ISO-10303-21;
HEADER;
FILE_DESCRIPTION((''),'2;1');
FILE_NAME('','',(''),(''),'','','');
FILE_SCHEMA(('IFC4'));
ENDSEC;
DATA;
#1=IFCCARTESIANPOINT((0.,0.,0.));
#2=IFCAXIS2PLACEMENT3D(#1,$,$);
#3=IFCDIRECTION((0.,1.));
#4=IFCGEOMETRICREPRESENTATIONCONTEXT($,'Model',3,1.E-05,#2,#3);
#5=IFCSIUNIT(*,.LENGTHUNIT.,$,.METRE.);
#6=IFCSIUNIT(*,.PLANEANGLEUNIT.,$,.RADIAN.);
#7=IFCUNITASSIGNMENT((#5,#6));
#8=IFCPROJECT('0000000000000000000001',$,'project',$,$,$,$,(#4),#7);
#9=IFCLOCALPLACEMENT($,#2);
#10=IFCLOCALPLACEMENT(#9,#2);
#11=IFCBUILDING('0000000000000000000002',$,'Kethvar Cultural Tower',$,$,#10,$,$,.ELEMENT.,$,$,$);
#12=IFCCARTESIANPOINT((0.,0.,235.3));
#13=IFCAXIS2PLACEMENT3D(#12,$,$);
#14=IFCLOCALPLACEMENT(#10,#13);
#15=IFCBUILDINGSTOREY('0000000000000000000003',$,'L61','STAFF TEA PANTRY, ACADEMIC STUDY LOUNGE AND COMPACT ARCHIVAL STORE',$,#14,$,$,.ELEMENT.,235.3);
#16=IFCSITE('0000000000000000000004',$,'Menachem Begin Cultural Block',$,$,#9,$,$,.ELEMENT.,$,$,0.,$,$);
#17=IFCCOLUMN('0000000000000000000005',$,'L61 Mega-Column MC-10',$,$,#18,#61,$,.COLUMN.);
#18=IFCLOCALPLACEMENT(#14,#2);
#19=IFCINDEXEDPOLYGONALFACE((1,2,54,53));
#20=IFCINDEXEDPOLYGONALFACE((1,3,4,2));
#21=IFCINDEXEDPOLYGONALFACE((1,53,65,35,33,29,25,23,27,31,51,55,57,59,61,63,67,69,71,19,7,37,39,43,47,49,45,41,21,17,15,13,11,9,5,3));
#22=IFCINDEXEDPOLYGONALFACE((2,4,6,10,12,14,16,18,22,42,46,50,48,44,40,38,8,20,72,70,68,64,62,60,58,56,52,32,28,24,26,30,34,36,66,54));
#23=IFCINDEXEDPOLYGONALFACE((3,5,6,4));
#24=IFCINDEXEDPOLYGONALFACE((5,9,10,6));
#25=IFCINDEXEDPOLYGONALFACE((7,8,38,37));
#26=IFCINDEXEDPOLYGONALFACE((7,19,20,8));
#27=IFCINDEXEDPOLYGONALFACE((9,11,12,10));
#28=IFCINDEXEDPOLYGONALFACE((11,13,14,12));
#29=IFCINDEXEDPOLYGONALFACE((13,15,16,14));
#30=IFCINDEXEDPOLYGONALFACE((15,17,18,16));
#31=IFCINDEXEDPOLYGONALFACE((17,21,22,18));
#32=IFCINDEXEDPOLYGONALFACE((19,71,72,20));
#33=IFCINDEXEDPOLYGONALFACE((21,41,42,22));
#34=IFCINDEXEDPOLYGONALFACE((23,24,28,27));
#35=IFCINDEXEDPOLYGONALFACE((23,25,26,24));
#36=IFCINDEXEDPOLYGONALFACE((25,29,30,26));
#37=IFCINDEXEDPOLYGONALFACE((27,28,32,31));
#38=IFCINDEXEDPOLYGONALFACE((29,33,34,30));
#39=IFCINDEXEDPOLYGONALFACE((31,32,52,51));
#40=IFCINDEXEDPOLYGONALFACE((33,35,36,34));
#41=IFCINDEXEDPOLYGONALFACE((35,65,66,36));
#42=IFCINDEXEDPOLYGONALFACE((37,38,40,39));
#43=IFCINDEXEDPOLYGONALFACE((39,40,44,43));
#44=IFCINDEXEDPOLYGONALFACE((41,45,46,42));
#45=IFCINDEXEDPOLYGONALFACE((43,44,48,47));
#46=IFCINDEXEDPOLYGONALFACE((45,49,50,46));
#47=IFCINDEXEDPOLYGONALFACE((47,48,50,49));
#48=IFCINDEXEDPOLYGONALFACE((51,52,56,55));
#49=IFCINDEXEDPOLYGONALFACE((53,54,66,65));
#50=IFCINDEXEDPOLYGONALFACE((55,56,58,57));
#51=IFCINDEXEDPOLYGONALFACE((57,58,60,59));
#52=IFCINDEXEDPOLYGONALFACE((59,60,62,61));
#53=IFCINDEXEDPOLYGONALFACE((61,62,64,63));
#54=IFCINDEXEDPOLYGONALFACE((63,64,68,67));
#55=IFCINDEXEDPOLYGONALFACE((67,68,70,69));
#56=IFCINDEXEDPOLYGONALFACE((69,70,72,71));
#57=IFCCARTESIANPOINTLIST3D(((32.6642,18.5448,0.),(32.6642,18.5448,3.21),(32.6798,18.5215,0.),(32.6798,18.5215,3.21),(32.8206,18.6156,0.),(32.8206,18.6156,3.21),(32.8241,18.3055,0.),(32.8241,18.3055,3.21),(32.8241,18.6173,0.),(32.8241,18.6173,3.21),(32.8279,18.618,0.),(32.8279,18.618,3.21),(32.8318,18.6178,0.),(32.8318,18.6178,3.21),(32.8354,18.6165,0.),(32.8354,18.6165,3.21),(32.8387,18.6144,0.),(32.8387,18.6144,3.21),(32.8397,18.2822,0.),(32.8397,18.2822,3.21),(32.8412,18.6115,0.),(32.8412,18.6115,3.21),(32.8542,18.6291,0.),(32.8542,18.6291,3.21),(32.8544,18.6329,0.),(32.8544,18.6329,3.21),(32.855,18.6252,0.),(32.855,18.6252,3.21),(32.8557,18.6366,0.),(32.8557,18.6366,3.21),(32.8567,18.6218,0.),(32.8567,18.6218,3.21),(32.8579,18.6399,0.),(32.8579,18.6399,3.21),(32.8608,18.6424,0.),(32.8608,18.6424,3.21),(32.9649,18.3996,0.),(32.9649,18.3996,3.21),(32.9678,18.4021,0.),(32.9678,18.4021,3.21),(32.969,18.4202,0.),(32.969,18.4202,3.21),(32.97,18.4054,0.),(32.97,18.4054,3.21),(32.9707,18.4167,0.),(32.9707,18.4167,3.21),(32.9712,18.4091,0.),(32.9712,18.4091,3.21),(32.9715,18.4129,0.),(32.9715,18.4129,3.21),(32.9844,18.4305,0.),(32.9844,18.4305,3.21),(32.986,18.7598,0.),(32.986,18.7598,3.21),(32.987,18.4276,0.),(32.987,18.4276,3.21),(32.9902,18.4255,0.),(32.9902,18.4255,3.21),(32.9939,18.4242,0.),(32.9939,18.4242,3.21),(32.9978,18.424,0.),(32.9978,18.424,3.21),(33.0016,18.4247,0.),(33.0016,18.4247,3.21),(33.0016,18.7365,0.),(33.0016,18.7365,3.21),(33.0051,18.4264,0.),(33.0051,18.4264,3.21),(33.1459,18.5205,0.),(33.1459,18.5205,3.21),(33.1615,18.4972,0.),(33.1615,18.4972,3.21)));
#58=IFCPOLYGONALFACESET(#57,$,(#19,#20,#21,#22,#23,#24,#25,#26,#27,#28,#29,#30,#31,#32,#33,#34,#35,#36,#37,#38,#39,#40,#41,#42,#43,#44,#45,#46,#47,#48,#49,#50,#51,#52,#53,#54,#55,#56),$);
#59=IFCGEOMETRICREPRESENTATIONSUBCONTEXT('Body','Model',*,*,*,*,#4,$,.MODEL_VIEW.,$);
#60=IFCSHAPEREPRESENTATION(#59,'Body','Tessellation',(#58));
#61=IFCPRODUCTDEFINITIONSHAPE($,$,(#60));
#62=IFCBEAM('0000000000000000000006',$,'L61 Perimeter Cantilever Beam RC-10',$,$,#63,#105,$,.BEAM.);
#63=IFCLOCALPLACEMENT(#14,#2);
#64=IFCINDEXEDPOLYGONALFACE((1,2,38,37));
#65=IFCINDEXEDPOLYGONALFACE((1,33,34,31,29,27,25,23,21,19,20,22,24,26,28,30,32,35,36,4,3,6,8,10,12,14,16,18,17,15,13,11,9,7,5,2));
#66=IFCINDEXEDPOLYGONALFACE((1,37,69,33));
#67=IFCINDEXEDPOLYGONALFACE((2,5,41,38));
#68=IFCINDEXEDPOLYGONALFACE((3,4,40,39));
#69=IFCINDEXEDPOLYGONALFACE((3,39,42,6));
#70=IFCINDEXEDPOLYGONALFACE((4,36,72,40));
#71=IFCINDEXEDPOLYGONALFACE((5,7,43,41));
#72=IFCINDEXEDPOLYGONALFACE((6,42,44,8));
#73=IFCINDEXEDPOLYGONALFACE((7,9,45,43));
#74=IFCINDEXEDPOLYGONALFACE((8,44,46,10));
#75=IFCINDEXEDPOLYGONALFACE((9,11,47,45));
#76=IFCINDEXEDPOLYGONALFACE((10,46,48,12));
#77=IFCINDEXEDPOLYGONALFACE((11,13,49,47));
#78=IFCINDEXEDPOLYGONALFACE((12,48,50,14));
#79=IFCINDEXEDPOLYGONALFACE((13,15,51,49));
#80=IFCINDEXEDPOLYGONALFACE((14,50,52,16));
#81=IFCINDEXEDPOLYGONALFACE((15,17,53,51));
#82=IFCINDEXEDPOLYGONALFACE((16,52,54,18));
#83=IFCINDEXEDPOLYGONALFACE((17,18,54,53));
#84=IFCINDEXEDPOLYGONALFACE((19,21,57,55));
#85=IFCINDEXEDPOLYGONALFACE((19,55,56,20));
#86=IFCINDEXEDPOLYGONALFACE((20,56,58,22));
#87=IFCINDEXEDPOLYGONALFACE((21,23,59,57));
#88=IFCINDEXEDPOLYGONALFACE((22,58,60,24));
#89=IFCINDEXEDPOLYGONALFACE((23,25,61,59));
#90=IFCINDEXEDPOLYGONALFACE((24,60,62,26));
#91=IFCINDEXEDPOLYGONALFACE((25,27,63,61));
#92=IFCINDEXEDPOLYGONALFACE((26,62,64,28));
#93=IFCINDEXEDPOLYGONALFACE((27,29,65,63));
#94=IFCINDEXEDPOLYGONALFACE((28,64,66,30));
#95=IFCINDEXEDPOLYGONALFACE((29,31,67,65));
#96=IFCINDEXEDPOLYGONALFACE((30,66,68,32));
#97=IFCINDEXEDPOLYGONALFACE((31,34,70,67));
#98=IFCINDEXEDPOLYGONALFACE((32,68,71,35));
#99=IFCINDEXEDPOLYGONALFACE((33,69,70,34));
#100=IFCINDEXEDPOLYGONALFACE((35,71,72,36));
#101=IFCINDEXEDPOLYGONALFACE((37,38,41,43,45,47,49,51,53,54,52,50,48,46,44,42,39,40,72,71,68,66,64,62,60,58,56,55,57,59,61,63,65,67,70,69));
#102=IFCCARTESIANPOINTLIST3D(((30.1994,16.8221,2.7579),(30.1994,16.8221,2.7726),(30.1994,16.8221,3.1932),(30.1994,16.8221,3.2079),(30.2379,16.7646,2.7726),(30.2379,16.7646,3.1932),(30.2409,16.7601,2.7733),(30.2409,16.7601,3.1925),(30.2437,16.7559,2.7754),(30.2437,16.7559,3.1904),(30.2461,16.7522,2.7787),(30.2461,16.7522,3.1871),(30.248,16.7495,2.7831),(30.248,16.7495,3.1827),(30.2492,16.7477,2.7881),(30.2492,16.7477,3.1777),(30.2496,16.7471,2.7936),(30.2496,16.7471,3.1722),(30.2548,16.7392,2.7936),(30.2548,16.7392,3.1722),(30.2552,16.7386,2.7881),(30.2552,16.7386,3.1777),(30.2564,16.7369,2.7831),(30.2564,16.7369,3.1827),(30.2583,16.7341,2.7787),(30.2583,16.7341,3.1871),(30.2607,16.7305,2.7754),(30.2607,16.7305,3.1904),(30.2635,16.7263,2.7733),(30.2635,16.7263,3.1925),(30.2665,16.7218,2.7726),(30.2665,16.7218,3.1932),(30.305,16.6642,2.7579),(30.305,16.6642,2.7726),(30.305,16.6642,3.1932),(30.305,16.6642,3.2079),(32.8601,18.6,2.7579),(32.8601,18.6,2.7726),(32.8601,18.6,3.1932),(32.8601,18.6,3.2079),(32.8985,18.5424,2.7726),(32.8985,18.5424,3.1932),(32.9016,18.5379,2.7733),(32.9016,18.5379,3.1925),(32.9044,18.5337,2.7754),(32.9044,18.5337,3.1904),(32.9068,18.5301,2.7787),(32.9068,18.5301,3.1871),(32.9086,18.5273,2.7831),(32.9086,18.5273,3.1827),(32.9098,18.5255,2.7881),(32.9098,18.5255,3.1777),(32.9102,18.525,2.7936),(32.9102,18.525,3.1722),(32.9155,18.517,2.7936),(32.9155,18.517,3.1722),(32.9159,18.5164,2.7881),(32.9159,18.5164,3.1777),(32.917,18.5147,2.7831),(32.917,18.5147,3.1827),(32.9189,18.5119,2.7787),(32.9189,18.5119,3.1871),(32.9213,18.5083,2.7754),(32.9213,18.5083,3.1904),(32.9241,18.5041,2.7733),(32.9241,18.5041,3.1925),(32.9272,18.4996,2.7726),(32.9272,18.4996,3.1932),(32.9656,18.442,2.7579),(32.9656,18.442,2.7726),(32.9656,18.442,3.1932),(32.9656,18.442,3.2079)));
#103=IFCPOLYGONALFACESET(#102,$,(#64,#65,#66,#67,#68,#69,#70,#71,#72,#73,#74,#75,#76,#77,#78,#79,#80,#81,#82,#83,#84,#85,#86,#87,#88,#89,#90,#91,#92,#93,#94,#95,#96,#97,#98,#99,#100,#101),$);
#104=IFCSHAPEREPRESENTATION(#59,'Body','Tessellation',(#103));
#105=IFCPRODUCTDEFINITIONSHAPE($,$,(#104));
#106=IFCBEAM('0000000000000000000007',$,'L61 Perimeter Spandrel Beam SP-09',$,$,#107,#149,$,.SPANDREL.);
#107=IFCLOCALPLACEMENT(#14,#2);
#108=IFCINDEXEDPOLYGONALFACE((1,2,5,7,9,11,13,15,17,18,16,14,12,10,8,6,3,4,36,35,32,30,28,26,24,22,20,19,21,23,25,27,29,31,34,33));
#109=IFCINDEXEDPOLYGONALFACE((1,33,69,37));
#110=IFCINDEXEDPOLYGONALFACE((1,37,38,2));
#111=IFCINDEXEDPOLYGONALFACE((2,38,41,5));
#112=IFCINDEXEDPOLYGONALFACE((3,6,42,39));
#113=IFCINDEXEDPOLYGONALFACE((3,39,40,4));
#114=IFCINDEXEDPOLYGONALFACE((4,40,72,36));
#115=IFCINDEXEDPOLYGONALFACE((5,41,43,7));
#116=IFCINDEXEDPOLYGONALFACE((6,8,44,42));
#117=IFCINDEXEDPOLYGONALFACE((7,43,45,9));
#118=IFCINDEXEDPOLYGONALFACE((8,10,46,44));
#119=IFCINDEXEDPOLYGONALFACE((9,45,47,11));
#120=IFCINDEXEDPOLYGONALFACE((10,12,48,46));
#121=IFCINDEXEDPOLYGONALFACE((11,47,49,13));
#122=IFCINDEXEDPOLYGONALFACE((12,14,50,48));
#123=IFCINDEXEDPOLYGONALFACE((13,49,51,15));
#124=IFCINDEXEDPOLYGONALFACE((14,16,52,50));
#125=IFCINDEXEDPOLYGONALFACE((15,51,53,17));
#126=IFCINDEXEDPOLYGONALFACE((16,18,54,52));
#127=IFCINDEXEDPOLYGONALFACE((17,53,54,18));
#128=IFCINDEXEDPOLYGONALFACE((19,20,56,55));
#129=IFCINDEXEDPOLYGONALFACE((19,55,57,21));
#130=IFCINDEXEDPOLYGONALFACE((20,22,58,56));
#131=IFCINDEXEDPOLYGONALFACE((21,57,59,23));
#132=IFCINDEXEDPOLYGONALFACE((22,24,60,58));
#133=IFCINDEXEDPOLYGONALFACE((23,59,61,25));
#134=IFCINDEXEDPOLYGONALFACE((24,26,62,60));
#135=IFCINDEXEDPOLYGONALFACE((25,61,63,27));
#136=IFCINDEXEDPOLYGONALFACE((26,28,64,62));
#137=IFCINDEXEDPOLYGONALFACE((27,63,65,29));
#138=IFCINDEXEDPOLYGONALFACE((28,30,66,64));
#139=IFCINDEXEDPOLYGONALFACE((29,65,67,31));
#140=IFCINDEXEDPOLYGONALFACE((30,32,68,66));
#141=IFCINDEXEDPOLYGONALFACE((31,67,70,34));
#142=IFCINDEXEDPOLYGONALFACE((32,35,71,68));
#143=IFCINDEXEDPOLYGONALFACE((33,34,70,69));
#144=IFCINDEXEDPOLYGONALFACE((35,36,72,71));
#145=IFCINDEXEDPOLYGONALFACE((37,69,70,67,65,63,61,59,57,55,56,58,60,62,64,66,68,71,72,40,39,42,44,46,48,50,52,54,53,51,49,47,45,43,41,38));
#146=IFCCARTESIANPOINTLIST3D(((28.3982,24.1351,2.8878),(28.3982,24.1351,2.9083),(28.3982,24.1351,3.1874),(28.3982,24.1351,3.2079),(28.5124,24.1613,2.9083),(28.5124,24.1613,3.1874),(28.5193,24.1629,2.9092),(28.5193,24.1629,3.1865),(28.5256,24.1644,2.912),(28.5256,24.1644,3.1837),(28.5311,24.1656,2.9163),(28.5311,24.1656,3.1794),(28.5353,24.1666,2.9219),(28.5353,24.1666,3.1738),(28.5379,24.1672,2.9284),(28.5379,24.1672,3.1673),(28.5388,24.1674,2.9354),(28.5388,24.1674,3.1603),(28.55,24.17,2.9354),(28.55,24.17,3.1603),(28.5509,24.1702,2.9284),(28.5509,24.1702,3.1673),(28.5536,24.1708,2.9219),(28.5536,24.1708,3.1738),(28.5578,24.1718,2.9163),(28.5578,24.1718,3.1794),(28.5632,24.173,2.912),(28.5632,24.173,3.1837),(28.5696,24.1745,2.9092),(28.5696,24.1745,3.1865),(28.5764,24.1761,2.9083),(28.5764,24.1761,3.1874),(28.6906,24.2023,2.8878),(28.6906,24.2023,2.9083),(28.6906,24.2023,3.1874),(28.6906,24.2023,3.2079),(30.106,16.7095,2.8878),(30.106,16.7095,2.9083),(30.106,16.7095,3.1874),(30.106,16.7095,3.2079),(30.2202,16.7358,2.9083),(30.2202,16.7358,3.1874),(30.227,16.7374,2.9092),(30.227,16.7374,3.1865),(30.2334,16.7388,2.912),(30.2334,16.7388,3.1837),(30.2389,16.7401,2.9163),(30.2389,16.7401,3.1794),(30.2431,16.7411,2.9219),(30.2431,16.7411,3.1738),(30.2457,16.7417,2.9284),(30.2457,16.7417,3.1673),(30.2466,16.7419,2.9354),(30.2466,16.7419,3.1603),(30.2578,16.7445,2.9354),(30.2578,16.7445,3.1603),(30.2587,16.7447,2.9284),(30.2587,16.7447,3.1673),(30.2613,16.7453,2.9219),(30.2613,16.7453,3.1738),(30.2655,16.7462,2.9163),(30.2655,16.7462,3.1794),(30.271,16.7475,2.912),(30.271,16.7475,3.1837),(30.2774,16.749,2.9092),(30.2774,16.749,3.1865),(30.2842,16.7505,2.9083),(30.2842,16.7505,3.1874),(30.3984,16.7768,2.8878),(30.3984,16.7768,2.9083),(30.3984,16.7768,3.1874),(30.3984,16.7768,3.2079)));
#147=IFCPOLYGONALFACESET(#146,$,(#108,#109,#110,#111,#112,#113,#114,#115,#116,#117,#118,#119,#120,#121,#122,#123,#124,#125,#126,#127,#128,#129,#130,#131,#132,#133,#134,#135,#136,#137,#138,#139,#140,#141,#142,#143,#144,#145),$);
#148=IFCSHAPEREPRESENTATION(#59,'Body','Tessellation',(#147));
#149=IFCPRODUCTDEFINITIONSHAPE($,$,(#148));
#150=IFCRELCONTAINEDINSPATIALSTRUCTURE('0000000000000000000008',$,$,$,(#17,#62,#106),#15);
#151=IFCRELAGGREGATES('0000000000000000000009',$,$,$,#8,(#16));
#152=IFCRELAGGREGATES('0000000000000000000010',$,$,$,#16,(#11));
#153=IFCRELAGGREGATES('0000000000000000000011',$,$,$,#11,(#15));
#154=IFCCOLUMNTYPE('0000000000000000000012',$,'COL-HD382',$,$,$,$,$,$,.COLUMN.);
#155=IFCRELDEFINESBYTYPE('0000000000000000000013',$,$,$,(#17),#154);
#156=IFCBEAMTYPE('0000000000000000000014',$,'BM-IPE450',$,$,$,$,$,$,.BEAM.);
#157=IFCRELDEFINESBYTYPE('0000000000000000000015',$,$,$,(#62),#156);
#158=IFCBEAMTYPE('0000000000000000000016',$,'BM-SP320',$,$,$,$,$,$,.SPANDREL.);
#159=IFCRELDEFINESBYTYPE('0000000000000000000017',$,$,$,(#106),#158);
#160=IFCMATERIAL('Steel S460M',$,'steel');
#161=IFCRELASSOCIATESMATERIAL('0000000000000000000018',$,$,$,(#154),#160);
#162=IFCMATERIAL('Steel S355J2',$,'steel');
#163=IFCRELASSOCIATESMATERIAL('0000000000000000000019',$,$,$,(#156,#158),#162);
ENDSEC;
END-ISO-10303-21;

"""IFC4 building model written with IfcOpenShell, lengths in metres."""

from ifc_helpers import new_model, si_unit, direction, frame, origin, origin_2d, place, context, subcontext, project, spatial, i_section, extrude, source, transform, mapped, material, material_profile, profile_set, type_object, element, save


model = new_model("IFC4")

# Units and contexts
model_context = context("Model", 3, precision=1e-05, world=origin(), true_north=direction((0.0, 1.0)))
body_context = subcontext(model_context, "Body", "Model", "MODEL_VIEW")
ifc_project = project(units=[si_unit("LENGTHUNIT", "METRE"), si_unit("PLANEANGLEUNIT", "RADIAN")], contexts=[model_context])

# Site, building, storey
site_placement = place(None, origin())
site = spatial("IfcSite", under=ifc_project, at=site_placement, Name="Menachem Begin Cultural Block", CompositionType="ELEMENT", RefElevation=0.0)
building_placement = place(site_placement, origin())
building = spatial("IfcBuilding", under=site, at=building_placement, Name="Kethvar Cultural Tower", CompositionType="ELEMENT")
storey_placement = place(building_placement, frame((0.0, 0.0, 235.3)))
storey = spatial("IfcBuildingStorey", under=building, at=storey_placement, Name="L61", Description="STAFF TEA PANTRY, ACADEMIC STUDY LOUNGE AND COMPACT ARCHIVAL STORE", CompositionType="ELEMENT", Elevation=235.3)

# Column
ifc_material_1 = material(Name="Steel S460M", Category="steel")
ifc_material_profile_1 = material_profile(ifc_material_1, i_section(OverallWidth=0.387, OverallDepth=0.3159, WebThickness=0.0186, FlangeThickness=0.0281, FilletRadius=0.0149, at=origin_2d()), Name="Steel S460M — HD400x382")
ifc_profile_set_1 = profile_set([ifc_material_profile_1], Name="Steel S460M — HD400x382")
column_type = type_object("IfcColumnType", Name="COL-HD382", PredefinedType="COLUMN", material=ifc_profile_set_1)
shared_shape_1 = source(origin(), body_context, "Body", "SweptSolid", [
    extrude(i_section(OverallWidth=0.387, OverallDepth=0.3159, WebThickness=0.0186, FlangeThickness=0.0281, FilletRadius=0.0149, at=origin_2d()), origin(), (0.0, 0.0, 1.0), 3.21),
])
column_placement = place(storey_placement, frame((32.9128, 18.521, 0.0), z_axis=(0.0, 0.0, 1.0), x_axis=(-0.83147, -0.55557, 0.0)))
element("IfcColumn", 1, at=column_placement, inside=storey, type_object=column_type, Name="L61 Mega-Column MC-10", PredefinedType="COLUMN", context=body_context, shape_type="MappedRepresentation", body=[
    mapped(shared_shape_1, transform((0.0, 0.0, 0.0), scale=1.0)),
])

# Beams
ifc_material_2 = material(Name="Steel S355J2", Category="steel")
ifc_material_profile_2 = material_profile(ifc_material_2, i_section(OverallWidth=0.1899, OverallDepth=0.45, WebThickness=0.0095, FlangeThickness=0.0146, FilletRadius=0.021, at=origin_2d()), Name="Steel S355J2 — IPE450")
ifc_profile_set_2 = profile_set([ifc_material_profile_2], Name="Steel S355J2 — IPE450")
beam_type_1 = type_object("IfcBeamType", Name="BM-IPE450", PredefinedType="BEAM", material=ifc_profile_set_2)
shared_shape_2 = source(origin(), body_context, "Body", "SweptSolid", [
    extrude(i_section(OverallWidth=0.1899, OverallDepth=0.45, WebThickness=0.0095, FlangeThickness=0.0146, FilletRadius=0.021, at=origin_2d()), origin(), (0.0, 0.0, 1.0), 3.2),
])
beam_1_placement = place(storey_placement, frame((32.9128, 18.521, 2.9829), z_axis=(-0.831463, -0.55558, 0.0), x_axis=(0.55558, -0.831463, 0.0)))
element("IfcBeam", 2, at=beam_1_placement, inside=storey, type_object=beam_type_1, Name="L61 Perimeter Cantilever Beam RC-10", PredefinedType="BEAM", context=body_context, shape_type="MappedRepresentation", body=[
    mapped(shared_shape_2, transform((0.0, 0.0, 0.0), scale=1.0)),
])
ifc_material_profile_3 = material_profile(ifc_material_2, i_section(OverallWidth=0.3, OverallDepth=0.3201, WebThickness=0.0115, FlangeThickness=0.0205, FilletRadius=0.0271, at=origin_2d()), Name="Steel S355J2 — HEB320")
ifc_profile_set_3 = profile_set([ifc_material_profile_3], Name="Steel S355J2 — HEB320")
beam_type_2 = type_object("IfcBeamType", Name="BM-SP320", PredefinedType="SPANDREL", material=ifc_profile_set_3)
shared_shape_3 = source(origin(), body_context, "Body", "SweptSolid", [
    extrude(i_section(OverallWidth=0.3, OverallDepth=0.3201, WebThickness=0.0115, FlangeThickness=0.0205, FilletRadius=0.0271, at=origin_2d()), origin(), (0.0, 0.0, 1.0), 7.6194),
])
beam_2_placement = place(storey_placement, frame((28.5444, 24.1687, 3.0479), z_axis=(0.224134, -0.974558, 0.0), x_axis=(0.974558, 0.224134, 0.0)))
element("IfcBeam", 3, at=beam_2_placement, inside=storey, type_object=beam_type_2, Name="L61 Perimeter Spandrel Beam SP-09", PredefinedType="SPANDREL", context=body_context, shape_type="MappedRepresentation", body=[
    mapped(shared_shape_3, transform((0.0, 0.0, 0.0), scale=1.0)),
])

save(model, "model.ifc")
